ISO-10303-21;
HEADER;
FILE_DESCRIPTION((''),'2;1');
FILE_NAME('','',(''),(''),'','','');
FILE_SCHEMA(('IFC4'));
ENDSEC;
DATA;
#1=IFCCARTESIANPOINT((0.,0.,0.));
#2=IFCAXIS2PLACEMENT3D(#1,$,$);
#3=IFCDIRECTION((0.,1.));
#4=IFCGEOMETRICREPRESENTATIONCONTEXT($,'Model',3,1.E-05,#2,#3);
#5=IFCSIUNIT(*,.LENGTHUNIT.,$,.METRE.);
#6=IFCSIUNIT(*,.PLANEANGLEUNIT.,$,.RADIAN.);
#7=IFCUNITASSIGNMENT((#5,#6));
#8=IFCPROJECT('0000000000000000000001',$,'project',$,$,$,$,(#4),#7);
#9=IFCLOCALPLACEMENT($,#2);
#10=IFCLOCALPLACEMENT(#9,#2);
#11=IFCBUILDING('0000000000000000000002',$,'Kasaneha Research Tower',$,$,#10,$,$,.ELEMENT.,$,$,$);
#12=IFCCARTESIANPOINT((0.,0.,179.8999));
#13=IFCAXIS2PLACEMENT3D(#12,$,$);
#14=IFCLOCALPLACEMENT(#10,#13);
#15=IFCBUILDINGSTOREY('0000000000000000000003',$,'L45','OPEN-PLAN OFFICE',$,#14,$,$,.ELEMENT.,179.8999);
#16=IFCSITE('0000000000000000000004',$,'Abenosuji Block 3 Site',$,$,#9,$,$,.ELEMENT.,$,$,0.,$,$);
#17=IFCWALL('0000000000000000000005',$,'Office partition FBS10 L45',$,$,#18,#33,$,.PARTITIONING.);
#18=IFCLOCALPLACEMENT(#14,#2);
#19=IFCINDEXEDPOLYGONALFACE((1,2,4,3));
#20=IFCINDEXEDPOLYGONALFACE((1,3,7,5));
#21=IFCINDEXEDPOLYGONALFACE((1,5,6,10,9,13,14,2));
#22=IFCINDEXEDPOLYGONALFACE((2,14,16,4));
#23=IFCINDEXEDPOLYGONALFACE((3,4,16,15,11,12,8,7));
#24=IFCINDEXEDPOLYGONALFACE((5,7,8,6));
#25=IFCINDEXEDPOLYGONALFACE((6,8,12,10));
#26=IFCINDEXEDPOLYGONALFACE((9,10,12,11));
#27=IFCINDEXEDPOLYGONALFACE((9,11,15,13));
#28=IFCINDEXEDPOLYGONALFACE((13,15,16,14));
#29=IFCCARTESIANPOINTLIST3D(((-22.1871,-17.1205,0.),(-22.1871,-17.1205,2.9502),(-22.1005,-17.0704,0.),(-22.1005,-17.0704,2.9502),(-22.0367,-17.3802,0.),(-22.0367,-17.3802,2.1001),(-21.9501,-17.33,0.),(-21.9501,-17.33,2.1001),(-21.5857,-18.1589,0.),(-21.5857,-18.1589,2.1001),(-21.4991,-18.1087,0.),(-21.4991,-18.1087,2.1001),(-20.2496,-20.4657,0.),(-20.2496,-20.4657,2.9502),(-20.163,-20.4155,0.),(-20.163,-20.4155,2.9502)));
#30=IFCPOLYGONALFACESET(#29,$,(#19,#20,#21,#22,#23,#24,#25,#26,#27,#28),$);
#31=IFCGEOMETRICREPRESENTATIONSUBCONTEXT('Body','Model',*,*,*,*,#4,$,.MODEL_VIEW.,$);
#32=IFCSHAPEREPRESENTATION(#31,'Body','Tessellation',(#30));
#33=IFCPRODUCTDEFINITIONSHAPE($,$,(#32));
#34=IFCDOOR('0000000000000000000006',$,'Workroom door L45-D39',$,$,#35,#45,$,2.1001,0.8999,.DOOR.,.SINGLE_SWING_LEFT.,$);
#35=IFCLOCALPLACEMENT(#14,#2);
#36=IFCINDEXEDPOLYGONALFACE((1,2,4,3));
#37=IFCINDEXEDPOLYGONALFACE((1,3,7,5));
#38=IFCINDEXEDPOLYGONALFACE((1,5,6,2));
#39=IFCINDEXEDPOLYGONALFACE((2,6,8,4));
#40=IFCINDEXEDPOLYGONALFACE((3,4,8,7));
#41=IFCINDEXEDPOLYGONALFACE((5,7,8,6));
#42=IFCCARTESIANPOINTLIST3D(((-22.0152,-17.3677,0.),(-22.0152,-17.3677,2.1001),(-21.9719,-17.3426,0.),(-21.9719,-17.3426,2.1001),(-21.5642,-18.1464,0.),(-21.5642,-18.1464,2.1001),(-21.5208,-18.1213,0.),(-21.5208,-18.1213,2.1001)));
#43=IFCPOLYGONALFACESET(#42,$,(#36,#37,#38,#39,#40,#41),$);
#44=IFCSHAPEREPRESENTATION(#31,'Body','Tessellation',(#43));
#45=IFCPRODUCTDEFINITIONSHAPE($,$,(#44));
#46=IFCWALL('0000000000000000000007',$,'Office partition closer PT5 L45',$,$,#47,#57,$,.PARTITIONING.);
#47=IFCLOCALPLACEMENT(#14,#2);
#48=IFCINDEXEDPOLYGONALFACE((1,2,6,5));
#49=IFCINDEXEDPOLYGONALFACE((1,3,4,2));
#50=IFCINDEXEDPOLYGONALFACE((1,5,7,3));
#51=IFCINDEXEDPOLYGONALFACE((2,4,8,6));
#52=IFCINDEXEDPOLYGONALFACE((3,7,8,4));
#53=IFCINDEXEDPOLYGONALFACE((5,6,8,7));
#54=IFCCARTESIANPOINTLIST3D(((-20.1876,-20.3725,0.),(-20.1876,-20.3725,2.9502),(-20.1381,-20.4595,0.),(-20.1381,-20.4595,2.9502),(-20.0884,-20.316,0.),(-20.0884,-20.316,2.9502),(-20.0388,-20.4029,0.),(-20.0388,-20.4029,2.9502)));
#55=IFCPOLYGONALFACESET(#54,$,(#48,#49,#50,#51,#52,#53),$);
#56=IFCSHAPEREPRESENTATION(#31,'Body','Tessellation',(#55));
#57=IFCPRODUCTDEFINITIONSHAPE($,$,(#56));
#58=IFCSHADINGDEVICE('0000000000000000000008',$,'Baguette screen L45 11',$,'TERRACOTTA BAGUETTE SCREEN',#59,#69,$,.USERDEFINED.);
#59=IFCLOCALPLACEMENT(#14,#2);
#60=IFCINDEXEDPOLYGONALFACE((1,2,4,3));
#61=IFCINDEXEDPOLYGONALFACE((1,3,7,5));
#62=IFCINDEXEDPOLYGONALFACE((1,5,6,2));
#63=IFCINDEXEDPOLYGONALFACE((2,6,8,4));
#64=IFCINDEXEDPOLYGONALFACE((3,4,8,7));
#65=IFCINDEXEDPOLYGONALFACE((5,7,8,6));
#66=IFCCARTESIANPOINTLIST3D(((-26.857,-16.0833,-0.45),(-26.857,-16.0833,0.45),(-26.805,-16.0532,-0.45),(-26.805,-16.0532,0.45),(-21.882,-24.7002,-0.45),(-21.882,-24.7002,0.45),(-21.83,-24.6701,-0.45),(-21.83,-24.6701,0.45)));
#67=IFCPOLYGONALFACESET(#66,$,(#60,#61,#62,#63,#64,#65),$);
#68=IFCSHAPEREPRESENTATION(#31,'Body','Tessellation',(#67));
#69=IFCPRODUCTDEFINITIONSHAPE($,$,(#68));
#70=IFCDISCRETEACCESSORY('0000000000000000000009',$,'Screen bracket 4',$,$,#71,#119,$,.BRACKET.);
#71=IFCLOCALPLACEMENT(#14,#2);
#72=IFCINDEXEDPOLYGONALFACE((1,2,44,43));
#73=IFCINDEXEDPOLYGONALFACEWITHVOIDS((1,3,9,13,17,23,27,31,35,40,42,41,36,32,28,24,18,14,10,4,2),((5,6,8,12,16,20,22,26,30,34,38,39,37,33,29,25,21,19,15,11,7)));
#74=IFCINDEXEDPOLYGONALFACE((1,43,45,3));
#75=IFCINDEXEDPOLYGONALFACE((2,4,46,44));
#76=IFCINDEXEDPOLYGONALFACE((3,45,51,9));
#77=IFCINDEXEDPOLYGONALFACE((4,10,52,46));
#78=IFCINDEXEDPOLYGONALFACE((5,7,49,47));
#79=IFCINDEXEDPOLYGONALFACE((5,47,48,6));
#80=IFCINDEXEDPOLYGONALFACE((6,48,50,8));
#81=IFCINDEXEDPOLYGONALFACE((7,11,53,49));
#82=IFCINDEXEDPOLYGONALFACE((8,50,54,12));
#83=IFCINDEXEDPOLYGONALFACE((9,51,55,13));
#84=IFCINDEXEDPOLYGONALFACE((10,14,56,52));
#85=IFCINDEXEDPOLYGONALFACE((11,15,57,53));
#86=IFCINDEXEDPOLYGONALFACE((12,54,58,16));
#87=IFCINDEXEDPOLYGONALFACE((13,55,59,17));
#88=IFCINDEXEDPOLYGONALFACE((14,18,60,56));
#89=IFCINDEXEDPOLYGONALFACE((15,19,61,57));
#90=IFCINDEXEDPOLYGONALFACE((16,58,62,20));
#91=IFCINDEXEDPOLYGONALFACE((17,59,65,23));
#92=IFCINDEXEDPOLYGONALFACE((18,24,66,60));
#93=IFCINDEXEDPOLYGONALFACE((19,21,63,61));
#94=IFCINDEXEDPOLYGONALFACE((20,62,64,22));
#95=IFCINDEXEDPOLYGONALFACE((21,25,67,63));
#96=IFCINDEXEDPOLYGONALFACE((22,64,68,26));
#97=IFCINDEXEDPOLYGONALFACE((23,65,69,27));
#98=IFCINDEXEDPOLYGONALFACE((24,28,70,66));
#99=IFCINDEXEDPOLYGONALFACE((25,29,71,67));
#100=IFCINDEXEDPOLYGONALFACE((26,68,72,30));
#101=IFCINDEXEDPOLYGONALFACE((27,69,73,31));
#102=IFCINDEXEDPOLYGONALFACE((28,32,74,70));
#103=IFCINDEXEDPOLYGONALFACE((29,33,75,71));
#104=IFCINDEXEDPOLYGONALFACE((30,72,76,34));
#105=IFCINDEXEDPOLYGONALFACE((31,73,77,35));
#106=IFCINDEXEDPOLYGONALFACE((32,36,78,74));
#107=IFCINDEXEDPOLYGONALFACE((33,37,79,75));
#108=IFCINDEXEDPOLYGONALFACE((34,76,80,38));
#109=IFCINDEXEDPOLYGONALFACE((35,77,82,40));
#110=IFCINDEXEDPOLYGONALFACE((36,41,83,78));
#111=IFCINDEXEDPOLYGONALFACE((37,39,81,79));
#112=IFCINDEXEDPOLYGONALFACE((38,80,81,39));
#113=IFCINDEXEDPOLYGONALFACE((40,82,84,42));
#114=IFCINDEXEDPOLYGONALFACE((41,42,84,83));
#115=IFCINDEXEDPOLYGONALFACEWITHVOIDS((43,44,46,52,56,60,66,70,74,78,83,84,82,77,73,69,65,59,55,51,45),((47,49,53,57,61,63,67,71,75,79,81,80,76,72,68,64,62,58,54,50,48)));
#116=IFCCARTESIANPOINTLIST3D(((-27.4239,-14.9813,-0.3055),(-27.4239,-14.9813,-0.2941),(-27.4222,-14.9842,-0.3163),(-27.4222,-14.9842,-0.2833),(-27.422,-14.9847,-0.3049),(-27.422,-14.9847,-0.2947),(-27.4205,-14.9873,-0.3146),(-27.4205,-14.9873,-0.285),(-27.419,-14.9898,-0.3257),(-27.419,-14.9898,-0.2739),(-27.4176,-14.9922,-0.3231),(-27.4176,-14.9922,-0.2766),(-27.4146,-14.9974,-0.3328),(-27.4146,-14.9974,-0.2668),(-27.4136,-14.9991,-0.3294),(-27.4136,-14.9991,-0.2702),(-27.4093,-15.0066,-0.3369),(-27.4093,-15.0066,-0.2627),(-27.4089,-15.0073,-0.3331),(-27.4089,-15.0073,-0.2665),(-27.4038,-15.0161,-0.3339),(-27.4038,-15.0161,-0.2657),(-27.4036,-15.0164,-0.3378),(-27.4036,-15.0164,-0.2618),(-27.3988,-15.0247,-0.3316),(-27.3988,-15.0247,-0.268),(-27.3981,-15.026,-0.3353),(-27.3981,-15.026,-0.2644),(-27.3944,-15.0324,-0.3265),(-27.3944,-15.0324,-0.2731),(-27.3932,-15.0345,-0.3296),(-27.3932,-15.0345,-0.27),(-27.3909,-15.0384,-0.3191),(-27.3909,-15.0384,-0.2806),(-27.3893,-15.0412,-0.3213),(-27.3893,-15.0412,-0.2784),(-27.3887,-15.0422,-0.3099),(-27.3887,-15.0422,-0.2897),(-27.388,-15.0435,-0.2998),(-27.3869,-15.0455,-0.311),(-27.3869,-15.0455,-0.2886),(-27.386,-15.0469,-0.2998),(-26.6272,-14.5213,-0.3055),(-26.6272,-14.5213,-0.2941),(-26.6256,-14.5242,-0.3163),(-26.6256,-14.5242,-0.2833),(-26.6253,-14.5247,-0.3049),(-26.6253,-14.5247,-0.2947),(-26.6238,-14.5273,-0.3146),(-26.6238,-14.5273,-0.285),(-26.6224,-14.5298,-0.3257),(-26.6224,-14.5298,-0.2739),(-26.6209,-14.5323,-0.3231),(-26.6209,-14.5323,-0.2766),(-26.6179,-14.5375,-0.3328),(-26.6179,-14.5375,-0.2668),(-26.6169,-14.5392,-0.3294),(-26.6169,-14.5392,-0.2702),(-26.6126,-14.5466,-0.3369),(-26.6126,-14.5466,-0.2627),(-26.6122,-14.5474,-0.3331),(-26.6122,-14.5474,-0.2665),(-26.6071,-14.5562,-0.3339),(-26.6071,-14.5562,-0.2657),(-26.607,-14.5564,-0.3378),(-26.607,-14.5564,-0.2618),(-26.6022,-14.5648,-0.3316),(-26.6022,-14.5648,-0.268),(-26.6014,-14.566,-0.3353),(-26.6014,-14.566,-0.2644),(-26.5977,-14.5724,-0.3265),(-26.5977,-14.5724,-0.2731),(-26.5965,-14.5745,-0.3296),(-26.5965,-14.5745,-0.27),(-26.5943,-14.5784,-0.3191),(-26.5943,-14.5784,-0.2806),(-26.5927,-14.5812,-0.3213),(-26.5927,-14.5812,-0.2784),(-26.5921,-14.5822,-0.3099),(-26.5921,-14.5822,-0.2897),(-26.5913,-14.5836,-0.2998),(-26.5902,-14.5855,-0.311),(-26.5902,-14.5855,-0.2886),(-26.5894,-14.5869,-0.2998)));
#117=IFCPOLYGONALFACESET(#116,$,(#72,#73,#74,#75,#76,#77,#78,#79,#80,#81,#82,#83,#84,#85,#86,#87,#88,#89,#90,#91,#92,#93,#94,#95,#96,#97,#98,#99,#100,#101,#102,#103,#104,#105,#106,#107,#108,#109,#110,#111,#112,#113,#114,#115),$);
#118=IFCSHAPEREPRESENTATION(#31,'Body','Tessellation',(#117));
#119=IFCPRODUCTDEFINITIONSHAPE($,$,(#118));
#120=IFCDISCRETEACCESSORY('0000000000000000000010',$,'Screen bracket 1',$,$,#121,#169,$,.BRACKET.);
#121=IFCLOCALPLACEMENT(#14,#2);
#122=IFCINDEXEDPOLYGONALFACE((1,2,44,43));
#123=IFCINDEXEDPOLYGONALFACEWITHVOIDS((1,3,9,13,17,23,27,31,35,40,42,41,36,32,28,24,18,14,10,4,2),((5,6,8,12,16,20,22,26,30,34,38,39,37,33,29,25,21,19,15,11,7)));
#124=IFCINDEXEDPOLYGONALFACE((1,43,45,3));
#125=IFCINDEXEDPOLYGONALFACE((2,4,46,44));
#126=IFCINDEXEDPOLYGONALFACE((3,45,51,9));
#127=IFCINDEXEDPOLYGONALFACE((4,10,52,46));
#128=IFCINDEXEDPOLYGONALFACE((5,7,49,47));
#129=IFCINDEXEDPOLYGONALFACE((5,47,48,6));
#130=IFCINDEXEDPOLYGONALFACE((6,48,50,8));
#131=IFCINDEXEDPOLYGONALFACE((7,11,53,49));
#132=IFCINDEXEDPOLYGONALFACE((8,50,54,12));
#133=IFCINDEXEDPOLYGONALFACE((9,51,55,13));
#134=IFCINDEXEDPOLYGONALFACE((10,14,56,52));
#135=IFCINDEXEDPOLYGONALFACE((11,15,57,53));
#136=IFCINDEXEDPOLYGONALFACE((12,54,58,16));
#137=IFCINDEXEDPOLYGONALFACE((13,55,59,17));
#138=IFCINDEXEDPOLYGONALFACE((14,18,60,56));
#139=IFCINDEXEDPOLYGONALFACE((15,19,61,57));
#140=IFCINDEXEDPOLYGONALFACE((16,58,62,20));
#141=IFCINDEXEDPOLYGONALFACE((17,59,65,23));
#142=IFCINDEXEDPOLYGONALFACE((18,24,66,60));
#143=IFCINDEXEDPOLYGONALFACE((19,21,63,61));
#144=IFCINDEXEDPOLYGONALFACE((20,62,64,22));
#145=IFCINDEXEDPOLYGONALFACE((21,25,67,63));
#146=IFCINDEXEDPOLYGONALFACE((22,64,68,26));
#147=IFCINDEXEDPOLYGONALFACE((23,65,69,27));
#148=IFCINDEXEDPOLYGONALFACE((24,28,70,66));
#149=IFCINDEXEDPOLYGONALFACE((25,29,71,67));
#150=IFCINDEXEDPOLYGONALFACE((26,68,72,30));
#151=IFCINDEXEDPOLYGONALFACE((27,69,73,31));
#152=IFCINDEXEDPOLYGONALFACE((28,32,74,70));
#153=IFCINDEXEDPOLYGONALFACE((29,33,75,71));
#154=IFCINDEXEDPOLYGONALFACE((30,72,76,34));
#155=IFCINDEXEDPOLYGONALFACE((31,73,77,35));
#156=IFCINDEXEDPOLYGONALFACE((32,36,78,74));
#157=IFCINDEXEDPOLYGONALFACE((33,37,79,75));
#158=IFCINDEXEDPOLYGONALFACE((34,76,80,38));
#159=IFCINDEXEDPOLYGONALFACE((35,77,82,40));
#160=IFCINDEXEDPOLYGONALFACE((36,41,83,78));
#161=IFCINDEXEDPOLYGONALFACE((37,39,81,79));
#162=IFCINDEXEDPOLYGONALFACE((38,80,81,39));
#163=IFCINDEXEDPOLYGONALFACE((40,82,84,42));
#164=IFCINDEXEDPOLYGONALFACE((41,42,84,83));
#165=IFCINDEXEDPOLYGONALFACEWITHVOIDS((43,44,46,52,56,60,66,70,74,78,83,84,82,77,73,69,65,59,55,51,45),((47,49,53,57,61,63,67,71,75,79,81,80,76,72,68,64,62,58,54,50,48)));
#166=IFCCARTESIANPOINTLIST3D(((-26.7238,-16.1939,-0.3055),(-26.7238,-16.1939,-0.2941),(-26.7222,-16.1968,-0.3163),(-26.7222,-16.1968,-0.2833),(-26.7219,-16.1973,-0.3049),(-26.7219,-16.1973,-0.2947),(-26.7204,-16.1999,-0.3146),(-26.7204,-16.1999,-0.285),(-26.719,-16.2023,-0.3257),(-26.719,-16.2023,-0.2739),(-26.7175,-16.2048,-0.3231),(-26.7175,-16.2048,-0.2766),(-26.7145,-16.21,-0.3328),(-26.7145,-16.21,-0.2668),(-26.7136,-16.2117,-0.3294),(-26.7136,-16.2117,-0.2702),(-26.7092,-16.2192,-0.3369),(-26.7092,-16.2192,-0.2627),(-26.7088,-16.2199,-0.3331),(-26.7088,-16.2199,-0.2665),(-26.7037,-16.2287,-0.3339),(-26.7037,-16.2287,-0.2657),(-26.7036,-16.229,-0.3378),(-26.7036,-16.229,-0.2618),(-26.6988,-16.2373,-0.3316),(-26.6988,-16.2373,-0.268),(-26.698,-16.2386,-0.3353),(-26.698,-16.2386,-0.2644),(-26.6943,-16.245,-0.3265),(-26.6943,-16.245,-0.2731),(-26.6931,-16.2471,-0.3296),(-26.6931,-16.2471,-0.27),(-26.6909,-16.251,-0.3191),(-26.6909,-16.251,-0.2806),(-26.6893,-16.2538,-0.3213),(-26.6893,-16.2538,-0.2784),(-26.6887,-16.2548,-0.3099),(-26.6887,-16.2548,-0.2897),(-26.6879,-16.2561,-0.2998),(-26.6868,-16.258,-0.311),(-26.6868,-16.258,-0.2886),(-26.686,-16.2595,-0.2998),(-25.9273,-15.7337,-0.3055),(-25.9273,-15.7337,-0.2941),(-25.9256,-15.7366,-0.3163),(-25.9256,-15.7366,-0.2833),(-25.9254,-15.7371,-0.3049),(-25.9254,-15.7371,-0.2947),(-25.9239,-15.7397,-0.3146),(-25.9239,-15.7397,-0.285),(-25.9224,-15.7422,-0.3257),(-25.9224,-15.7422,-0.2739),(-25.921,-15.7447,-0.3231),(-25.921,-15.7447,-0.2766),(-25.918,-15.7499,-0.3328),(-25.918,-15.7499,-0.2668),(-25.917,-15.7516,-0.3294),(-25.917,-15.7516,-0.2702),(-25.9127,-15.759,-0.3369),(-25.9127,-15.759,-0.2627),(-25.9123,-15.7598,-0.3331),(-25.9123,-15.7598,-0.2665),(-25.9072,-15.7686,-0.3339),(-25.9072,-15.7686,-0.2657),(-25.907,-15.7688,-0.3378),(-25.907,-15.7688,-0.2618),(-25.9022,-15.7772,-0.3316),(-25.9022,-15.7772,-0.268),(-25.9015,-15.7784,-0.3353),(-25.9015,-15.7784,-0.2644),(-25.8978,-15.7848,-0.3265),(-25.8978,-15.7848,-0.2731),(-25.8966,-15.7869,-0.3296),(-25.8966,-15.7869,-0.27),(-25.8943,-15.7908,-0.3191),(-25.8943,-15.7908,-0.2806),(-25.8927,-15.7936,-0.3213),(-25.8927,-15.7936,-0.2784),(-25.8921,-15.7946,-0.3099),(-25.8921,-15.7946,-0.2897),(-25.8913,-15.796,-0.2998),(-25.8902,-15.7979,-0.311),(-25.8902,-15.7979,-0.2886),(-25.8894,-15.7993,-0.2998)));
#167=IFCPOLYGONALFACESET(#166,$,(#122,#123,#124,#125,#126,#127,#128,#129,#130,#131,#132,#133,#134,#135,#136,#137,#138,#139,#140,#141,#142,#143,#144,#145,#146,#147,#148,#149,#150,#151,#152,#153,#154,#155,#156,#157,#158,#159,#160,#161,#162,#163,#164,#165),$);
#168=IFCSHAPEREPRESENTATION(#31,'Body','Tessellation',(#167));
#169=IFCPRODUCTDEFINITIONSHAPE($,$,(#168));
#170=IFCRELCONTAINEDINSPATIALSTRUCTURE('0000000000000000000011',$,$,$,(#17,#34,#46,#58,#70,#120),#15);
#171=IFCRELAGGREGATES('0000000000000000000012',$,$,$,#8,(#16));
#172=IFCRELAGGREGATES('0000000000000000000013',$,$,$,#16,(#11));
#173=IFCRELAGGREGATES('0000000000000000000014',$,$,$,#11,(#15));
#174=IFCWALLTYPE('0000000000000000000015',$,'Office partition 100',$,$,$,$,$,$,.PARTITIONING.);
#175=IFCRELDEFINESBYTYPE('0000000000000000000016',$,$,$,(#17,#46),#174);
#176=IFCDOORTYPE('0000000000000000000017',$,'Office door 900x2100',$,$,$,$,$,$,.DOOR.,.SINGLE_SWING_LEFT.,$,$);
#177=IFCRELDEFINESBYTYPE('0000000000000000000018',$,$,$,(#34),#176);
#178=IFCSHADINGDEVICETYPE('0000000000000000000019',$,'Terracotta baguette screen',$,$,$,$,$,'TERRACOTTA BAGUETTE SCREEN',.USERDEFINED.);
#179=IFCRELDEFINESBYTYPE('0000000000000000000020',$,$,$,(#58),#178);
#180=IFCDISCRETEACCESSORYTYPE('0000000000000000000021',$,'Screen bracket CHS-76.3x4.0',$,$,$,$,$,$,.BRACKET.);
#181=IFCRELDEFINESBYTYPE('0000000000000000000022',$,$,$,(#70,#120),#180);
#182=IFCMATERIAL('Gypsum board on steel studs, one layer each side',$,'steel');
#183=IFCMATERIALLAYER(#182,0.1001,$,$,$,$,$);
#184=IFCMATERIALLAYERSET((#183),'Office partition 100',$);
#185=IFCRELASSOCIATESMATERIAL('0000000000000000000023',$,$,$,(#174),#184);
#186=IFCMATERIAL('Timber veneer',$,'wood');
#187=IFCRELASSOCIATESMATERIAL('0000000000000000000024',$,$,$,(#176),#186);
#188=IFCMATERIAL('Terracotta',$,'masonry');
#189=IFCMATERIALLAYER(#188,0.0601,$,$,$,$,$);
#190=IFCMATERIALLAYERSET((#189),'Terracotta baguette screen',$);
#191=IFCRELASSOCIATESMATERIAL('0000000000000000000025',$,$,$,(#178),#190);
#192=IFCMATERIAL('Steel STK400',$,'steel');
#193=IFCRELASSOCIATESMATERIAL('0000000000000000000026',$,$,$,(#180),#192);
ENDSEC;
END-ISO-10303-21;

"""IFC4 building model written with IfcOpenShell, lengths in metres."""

from ifc_helpers import new_model, si_unit, direction, frame, frame_2d, origin, origin_2d, place, context, subcontext, project, spatial, rectangle, hollow_circle, extrude, material, layer, layer_set, material_profile, profile_set, type_object, element, fill, save


model = new_model("IFC4")

# Units and contexts
model_context = context("Model", 3, precision=1e-05, world=origin(), true_north=direction((0.0, 1.0)))
body_context = subcontext(model_context, "Body", "Model", "MODEL_VIEW")
ifc_project = project(units=[si_unit("LENGTHUNIT", "METRE"), si_unit("PLANEANGLEUNIT", "RADIAN")], contexts=[model_context])

# Site, building, storey
site_placement = place(None, origin())
site = spatial("IfcSite", under=ifc_project, at=site_placement, Name="Abenosuji Block 3 Site", CompositionType="ELEMENT", RefElevation=0.0)
building_placement = place(site_placement, origin())
building = spatial("IfcBuilding", under=site, at=building_placement, Name="Kasaneha Research Tower", CompositionType="ELEMENT")
storey_placement = place(building_placement, frame((0.0, 0.0, 179.8999)))
storey = spatial("IfcBuildingStorey", under=building, at=storey_placement, Name="L45", Description="OPEN-PLAN OFFICE", CompositionType="ELEMENT", Elevation=179.8999)

# Shared definitions
ifc_material_1 = material(Name="Gypsum board on steel studs, one layer each side", Category="steel")
ifc_layer_1 = layer(ifc_material_1, 0.1001)
ifc_layer_set_1 = layer_set([ifc_layer_1], Name="Office partition 100")
wall_type = type_object("IfcWallType", Name="Office partition 100", PredefinedType="PARTITIONING", material=ifc_layer_set_1)

# Shared definitions
ifc_material_2 = material(Name="Timber veneer", Category="wood")
door_type = type_object("IfcDoorType", Name="Office door 900x2100", OperationType="SINGLE_SWING_LEFT", PredefinedType="DOOR", material=ifc_material_2)

# Wall, opening, door
wall_1_placement = place(storey_placement, frame((-22.1438, -17.0955, 0.0), z_axis=(0.0, 0.0, 1.0), x_axis=(0.501191, -0.865337, 0.0)))
wall_1 = element("IfcWall", 1, at=wall_1_placement, inside=storey, type_object=wall_type, Name="Office partition FBS10 L45", PredefinedType="PARTITIONING", context=body_context, shape_type="SweptSolid", body=[
    extrude(rectangle(XDim=3.8657, YDim=0.1001, at=frame_2d((1.9329, 0.0))), origin(), (0.0, 0.0, 1.0), 2.9502),
])
opening_1_placement = place(wall_1_placement, frame((0.3, 0.0, 0.0)))
opening_1 = element("IfcOpeningElement", 2, at=opening_1_placement, cuts=wall_1, PredefinedType="OPENING", context=body_context, shape_type="SweptSolid", body=[
    extrude(rectangle(XDim=0.8999, YDim=2.1001, at=frame_2d((0.45, 1.05))), frame((0.0, 0.0601, 0.0), z_axis=(0.0, -1.0, 0.0), x_axis=(1.0, 0.0, 0.0)), (0.0, 0.0, 1.0), 0.1201),
])
door_1_placement = place(opening_1_placement, origin())
door_1 = element("IfcDoor", 3, at=door_1_placement, inside=storey, type_object=door_type, Name="Workroom door L45-D39", OperationType="SINGLE_SWING_LEFT", OverallHeight=2.1001, OverallWidth=0.8999, PredefinedType="DOOR", context=body_context, shape_type="SweptSolid", body=[
    extrude(rectangle(XDim=0.8999, YDim=2.1001, at=frame_2d((0.45, 1.05))), frame((0.0, 0.0249, 0.0), z_axis=(0.0, -1.0, 0.0), x_axis=(1.0, 0.0, 0.0)), (0.0, 0.0, 1.0), 0.05),
])
fill(opening_1, door_1)

# Wall
wall_2_placement = place(storey_placement, frame((-20.1628, -20.416, 0.0), z_axis=(0.0, 0.0, 1.0), x_axis=(0.868768, 0.495219, 0.0)))
element("IfcWall", 4, at=wall_2_placement, inside=storey, type_object=wall_type, Name="Office partition closer PT5 L45", PredefinedType="PARTITIONING", context=body_context, shape_type="SweptSolid", body=[
    extrude(rectangle(XDim=0.1143, YDim=0.1001, at=frame_2d((0.0571, 0.0))), origin(), (0.0, 0.0, 1.0), 2.9502),
])

# Shading device
ifc_material_3 = material(Name="Terracotta", Category="masonry")
ifc_layer_2 = layer(ifc_material_3, 0.0601)
ifc_layer_set_2 = layer_set([ifc_layer_2], Name="Terracotta baguette screen")
shading_device_type = type_object("IfcShadingDeviceType", Name="Terracotta baguette screen", ElementType="TERRACOTTA BAGUETTE SCREEN", PredefinedType="USERDEFINED", material=ifc_layer_set_2)
shading_device_placement = place(storey_placement, frame((-24.3435, -20.3767, -0.45), z_axis=(0.0, 0.0, 1.0), x_axis=(0.5, -0.866025, 0.0)))
element("IfcShadingDevice", 5, at=shading_device_placement, inside=storey, type_object=shading_device_type, Name="Baguette screen L45 11", ObjectType="TERRACOTTA BAGUETTE SCREEN", PredefinedType="USERDEFINED", context=body_context, shape_type="SweptSolid", body=[
    extrude(rectangle(XDim=9.95, YDim=0.0601, at=origin_2d()), origin(), (0.0, 0.0, 1.0), 0.8999),
])

# Discrete accessories
ifc_material_4 = material(Name="Steel STK400", Category="steel")
ifc_material_profile_1 = material_profile(ifc_material_4, hollow_circle(Radius=0.0381, WallThickness=0.0039, at=origin_2d()), Name="CHS-76.3x4.0")
ifc_profile_set_1 = profile_set([ifc_material_profile_1], Name="Steel STK400")
discrete_accessory_type = type_object("IfcDiscreteAccessoryType", Name="Screen bracket CHS-76.3x4.0", PredefinedType="BRACKET", material=ifc_profile_set_1)
for number, where, z_axis, x_axis, name in (
    (6, (-26.6084, -14.554, -0.2998), (-0.866013, -0.500021, 0.0), (0.500021, -0.866013, 0.0), "Screen bracket 4"),
    (7, (-25.9084, -15.7664, -0.2998), (-0.865898, -0.50022, 0.0), (0.50022, -0.865898, 0.0), "Screen bracket 1"),
):
    element("IfcDiscreteAccessory", number, at=place(storey_placement, frame(where, z_axis=z_axis, x_axis=x_axis)), inside=storey, type_object=discrete_accessory_type, Name=name, PredefinedType="BRACKET", context=body_context, shape_type="SweptSolid", body=[
        extrude(hollow_circle(Radius=0.0381, WallThickness=0.0039, at=origin_2d()), origin(), (0.0, 0.0, 1.0), 0.9199),
    ])

save(model, "model.ifc")
